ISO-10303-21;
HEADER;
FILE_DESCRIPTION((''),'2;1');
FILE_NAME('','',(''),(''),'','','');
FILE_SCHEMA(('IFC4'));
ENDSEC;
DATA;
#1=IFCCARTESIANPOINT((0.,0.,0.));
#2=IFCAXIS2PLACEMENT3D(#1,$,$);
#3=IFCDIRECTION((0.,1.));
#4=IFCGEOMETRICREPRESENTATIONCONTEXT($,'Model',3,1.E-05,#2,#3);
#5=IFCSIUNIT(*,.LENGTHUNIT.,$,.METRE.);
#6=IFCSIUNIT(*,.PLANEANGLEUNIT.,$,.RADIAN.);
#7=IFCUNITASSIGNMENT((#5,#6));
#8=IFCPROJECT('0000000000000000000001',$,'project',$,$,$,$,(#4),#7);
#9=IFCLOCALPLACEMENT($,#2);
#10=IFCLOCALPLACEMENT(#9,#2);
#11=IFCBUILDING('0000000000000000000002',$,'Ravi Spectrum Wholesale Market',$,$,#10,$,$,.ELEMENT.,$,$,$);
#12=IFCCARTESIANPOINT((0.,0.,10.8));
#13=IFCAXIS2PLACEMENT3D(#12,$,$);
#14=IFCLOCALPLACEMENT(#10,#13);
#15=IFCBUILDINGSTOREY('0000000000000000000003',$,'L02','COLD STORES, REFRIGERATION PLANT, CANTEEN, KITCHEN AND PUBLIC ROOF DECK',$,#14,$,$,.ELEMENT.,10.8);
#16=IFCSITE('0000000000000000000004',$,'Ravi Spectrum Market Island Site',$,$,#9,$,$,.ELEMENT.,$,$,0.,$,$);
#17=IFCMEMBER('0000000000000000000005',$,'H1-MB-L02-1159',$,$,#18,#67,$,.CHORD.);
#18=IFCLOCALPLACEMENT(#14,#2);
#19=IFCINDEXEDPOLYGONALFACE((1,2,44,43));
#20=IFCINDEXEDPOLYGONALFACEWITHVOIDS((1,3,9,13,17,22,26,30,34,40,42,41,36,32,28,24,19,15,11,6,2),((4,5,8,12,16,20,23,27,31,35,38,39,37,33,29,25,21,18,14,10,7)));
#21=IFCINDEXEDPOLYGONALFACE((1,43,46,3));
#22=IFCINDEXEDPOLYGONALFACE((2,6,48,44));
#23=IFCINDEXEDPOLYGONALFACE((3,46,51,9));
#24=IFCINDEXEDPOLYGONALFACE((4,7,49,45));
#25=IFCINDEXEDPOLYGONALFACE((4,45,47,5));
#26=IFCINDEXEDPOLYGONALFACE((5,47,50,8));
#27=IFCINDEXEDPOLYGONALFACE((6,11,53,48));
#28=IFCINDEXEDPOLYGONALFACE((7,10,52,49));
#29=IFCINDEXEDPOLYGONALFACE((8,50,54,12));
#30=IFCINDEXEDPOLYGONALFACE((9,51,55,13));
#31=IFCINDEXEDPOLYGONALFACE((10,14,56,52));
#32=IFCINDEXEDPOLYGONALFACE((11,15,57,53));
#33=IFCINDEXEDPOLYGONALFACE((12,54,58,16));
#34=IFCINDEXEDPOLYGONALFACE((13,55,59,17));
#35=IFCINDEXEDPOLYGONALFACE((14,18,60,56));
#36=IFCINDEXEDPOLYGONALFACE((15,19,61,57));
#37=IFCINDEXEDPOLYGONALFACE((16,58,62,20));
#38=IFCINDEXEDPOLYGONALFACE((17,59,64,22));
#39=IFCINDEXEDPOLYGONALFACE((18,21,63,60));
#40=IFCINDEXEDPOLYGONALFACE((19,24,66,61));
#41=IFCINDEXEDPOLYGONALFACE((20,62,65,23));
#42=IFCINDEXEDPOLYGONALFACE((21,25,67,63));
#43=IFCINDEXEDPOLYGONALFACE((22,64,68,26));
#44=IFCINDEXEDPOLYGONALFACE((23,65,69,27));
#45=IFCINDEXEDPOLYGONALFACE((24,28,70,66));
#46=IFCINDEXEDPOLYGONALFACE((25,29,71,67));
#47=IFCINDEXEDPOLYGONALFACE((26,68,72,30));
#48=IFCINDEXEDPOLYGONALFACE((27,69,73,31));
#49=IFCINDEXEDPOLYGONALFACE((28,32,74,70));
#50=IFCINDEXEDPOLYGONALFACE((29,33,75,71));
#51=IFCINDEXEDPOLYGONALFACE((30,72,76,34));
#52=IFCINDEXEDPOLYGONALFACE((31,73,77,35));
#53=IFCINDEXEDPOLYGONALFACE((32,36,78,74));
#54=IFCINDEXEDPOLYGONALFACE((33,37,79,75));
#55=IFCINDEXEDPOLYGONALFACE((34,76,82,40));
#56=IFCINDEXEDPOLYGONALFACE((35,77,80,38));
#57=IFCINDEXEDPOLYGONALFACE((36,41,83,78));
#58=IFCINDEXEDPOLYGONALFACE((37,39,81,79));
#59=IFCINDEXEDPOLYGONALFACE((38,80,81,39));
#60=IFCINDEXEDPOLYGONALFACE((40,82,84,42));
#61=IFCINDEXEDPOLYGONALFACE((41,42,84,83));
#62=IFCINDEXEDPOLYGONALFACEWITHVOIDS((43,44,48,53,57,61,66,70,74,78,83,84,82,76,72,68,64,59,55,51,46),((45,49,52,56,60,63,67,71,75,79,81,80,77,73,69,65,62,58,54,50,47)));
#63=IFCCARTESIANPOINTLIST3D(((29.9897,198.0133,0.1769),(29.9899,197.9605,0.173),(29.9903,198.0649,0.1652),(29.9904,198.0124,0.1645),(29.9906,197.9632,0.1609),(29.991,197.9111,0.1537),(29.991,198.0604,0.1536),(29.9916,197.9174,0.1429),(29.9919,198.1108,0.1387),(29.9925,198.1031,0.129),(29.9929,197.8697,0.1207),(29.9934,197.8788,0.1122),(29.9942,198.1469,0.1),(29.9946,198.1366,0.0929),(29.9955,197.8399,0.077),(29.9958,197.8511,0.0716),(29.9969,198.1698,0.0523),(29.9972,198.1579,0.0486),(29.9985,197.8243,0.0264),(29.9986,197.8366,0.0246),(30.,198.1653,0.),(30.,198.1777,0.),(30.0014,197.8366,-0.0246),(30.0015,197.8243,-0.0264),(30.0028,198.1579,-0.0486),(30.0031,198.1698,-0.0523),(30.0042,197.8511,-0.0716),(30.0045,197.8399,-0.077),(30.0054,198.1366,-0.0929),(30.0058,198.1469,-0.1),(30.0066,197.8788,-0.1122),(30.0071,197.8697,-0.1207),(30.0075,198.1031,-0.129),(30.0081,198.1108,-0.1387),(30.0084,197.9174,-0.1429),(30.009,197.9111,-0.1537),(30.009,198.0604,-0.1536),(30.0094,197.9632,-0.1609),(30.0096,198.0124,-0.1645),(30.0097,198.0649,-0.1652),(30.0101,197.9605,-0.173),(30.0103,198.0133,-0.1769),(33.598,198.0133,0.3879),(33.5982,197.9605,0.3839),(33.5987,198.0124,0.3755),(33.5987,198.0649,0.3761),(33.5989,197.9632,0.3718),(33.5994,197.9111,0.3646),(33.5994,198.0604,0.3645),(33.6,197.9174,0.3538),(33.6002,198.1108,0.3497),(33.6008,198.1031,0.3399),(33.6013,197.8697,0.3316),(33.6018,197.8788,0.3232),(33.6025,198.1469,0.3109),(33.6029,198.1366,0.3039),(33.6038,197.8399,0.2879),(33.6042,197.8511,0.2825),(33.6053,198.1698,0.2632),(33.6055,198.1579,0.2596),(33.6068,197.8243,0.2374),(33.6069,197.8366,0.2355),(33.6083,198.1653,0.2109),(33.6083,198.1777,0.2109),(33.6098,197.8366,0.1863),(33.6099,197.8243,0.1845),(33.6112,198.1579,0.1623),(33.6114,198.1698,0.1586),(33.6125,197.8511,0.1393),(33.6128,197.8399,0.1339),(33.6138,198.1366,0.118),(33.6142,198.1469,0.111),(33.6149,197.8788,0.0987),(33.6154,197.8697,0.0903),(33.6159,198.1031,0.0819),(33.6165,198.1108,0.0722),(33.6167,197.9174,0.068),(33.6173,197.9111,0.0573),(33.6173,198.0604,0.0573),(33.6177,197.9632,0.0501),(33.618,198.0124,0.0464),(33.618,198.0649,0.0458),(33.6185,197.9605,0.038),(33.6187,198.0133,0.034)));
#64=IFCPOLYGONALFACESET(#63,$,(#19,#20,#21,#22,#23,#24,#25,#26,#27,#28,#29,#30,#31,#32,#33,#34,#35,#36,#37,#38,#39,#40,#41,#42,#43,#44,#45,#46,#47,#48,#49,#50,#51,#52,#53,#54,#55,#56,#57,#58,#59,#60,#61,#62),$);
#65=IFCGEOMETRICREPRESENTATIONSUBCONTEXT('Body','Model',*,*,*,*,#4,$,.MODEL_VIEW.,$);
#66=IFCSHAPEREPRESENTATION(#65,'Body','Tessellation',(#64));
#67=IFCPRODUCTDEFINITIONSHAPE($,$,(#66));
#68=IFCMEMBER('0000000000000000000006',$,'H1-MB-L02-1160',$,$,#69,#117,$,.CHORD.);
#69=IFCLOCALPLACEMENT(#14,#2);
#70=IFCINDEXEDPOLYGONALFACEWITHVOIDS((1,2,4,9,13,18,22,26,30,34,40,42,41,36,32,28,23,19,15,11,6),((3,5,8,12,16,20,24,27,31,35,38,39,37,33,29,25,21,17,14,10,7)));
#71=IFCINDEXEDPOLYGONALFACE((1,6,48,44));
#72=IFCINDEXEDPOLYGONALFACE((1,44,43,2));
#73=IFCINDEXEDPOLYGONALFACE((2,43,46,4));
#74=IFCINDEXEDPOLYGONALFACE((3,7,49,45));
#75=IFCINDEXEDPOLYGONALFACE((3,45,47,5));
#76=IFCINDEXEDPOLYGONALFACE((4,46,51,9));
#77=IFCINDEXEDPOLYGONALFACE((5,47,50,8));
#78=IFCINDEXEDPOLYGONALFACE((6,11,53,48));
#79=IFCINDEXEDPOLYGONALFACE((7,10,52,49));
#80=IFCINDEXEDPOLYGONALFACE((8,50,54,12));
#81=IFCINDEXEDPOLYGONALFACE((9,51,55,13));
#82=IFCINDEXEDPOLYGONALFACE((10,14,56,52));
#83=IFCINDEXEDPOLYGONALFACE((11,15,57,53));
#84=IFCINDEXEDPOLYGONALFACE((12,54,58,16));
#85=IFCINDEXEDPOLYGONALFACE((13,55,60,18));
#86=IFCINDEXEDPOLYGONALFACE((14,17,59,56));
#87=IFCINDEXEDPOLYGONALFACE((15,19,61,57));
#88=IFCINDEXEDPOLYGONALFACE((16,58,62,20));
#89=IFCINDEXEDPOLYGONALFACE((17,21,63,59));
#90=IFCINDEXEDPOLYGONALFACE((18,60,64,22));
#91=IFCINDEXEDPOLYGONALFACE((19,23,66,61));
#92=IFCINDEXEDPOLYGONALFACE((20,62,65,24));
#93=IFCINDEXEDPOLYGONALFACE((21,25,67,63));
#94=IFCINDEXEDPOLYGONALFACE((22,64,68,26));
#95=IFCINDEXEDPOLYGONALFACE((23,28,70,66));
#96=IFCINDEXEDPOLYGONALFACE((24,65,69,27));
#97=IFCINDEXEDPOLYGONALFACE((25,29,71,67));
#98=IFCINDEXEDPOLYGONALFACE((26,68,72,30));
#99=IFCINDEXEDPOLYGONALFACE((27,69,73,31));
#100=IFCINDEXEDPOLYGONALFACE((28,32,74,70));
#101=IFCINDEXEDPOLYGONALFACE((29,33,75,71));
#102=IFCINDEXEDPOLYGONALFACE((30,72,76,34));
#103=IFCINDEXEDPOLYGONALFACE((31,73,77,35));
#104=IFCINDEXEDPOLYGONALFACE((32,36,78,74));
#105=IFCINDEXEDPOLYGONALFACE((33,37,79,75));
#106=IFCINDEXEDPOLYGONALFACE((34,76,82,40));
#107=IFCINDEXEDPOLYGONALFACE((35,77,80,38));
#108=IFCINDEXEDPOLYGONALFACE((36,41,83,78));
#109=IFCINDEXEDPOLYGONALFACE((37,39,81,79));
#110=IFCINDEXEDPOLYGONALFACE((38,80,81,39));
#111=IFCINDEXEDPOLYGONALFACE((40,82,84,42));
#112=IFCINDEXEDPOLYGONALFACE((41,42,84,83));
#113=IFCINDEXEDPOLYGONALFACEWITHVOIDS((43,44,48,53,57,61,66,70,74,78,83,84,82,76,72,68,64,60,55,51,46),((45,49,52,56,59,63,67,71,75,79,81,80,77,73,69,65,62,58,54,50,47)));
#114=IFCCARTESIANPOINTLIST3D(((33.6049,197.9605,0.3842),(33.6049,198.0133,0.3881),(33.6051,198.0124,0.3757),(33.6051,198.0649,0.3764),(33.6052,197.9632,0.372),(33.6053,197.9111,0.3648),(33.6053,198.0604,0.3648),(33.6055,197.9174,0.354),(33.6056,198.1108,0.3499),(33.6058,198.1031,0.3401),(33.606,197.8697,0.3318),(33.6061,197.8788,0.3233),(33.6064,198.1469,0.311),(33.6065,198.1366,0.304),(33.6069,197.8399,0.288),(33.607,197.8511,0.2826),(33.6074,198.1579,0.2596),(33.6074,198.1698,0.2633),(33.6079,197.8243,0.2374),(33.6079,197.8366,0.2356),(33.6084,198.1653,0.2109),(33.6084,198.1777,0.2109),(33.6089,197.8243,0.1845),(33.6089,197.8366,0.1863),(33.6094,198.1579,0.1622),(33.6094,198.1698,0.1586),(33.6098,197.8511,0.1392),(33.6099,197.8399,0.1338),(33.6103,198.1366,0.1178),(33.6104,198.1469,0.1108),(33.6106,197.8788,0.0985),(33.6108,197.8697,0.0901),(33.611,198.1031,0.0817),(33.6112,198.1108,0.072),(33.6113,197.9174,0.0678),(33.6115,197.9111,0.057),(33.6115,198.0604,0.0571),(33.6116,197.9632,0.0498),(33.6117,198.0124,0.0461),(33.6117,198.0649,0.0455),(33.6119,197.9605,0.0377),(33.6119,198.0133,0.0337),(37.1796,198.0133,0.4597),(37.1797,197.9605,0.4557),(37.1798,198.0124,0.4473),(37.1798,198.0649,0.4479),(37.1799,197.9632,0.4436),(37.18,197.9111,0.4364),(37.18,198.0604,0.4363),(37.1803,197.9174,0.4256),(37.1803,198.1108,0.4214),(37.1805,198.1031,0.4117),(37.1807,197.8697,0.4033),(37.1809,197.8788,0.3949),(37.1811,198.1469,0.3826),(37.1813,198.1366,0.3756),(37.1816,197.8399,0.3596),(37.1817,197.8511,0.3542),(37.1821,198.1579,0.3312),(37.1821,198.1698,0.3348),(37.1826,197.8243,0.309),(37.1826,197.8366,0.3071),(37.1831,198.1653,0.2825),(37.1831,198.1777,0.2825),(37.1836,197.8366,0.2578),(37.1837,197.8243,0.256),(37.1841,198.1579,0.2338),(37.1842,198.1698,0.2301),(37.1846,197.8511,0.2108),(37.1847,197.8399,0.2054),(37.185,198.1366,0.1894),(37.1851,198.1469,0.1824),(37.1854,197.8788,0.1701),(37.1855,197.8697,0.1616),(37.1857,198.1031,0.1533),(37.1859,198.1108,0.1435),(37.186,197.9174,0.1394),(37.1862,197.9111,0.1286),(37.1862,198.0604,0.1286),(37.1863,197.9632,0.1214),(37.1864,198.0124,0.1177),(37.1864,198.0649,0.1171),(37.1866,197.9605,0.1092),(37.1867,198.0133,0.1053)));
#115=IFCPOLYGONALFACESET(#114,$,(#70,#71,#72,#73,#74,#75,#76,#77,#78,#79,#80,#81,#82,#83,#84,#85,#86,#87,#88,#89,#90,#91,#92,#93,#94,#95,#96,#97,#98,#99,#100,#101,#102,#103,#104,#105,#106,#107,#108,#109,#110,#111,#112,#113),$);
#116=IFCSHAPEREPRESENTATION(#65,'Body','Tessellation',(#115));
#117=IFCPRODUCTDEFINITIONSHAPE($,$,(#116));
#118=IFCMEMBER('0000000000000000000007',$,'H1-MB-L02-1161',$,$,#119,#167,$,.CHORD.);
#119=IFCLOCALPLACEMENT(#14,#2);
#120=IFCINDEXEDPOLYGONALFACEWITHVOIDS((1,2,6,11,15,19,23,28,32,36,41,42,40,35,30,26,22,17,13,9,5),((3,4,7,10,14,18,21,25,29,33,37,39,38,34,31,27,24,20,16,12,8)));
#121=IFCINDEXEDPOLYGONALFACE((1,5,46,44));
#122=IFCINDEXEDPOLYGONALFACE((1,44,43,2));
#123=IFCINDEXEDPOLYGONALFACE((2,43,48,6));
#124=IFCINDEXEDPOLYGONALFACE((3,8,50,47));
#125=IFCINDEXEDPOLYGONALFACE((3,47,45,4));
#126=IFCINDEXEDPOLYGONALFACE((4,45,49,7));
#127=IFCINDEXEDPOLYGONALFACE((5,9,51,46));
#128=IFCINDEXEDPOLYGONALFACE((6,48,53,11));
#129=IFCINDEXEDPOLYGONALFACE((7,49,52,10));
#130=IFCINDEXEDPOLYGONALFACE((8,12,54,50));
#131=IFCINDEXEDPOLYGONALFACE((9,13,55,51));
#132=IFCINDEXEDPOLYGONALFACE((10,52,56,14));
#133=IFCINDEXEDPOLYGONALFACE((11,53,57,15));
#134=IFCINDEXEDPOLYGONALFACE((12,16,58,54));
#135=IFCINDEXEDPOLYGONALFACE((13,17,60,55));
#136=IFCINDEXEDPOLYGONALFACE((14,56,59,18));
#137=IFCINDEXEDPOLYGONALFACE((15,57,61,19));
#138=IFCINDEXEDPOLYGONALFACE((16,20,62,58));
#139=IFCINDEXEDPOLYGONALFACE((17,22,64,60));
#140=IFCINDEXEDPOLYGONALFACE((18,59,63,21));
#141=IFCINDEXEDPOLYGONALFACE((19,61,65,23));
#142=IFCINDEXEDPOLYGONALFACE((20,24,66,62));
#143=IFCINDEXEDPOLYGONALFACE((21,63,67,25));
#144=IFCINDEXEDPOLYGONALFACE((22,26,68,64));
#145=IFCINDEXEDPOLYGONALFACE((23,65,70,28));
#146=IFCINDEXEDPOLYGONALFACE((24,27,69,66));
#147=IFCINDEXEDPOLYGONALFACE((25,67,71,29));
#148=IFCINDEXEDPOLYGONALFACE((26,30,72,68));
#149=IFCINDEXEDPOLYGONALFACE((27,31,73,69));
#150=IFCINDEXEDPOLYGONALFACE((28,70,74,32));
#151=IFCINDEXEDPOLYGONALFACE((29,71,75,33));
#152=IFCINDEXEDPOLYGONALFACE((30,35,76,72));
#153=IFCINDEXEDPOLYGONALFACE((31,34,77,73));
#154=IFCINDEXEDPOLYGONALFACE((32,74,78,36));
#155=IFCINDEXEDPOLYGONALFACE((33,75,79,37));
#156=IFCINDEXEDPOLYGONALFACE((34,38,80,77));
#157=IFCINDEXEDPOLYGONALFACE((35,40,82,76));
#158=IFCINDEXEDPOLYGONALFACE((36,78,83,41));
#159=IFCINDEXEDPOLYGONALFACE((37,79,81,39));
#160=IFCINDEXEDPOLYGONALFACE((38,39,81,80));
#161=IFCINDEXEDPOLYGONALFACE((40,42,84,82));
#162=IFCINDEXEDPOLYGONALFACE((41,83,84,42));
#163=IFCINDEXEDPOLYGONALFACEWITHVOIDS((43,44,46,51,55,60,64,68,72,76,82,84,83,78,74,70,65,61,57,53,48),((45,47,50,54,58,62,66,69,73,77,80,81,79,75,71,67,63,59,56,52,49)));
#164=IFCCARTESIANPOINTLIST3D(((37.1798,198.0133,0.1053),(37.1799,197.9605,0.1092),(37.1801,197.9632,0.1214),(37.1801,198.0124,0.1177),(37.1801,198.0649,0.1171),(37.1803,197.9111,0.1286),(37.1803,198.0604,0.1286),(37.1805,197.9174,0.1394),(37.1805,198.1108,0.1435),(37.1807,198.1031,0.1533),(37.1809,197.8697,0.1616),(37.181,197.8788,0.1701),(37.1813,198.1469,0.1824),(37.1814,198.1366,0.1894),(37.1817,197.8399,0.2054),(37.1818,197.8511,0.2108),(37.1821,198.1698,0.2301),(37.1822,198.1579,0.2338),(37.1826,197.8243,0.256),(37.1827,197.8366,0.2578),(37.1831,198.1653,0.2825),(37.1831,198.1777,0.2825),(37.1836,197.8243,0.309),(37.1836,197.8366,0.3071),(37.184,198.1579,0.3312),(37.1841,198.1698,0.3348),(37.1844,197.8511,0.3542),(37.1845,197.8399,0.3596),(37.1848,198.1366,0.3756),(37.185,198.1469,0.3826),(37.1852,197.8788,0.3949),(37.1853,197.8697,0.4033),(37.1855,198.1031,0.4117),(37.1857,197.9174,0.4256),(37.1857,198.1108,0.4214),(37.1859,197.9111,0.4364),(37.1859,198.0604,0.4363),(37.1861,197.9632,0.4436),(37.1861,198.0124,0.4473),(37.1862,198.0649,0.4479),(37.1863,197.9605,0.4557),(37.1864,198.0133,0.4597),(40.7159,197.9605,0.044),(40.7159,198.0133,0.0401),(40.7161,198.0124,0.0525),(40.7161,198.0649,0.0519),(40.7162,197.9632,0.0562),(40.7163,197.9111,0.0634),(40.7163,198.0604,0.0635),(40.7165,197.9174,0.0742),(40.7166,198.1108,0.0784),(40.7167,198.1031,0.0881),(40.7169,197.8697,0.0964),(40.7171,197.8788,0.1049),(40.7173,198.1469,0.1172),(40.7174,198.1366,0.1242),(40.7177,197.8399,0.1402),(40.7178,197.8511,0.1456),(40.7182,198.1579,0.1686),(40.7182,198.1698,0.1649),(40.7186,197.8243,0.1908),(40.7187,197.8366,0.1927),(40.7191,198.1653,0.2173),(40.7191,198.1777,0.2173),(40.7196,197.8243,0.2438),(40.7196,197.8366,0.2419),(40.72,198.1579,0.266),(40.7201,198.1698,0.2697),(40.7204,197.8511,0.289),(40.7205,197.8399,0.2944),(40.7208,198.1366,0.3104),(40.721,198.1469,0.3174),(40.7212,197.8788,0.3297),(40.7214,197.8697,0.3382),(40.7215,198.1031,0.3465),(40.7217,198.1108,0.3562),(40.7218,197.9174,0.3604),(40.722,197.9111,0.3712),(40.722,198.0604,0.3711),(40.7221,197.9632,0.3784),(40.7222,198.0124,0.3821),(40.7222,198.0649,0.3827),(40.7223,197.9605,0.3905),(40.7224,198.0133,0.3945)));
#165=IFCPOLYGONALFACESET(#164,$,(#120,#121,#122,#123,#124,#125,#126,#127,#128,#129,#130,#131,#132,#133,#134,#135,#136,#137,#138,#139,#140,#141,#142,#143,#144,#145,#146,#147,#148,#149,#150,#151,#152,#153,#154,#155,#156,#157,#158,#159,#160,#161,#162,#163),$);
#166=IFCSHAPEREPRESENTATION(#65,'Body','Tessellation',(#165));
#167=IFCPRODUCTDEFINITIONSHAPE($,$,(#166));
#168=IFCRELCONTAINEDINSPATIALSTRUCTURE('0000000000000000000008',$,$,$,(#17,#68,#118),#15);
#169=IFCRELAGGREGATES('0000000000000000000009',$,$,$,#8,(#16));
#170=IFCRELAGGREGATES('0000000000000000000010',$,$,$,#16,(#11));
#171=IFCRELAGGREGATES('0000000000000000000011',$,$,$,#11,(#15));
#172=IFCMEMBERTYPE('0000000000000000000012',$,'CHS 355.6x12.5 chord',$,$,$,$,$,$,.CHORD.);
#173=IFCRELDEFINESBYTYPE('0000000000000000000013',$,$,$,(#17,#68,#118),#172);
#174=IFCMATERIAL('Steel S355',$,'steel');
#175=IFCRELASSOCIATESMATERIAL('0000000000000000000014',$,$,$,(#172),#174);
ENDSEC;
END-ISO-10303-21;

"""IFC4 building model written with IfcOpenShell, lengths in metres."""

from ifc_helpers import new_model, si_unit, direction, frame, origin, origin_2d, place, context, subcontext, project, spatial, hollow_circle, extrude, material, material_profile, profile_set, type_object, element, save


model = new_model("IFC4")

# Units and contexts
model_context = context("Model", 3, precision=1e-05, world=origin(), true_north=direction((0.0, 1.0)))
body_context = subcontext(model_context, "Body", "Model", "MODEL_VIEW")
ifc_project = project(units=[si_unit("LENGTHUNIT", "METRE"), si_unit("PLANEANGLEUNIT", "RADIAN")], contexts=[model_context])

# Site, building, storey
site_placement = place(None, origin())
site = spatial("IfcSite", under=ifc_project, at=site_placement, Name="Ravi Spectrum Market Island Site", CompositionType="ELEMENT", RefElevation=0.0)
building_placement = place(site_placement, origin())
building = spatial("IfcBuilding", under=site, at=building_placement, Name="Ravi Spectrum Wholesale Market", CompositionType="ELEMENT")
storey_placement = place(building_placement, frame((0.0, 0.0, 10.8)))
storey = spatial("IfcBuildingStorey", under=building, at=storey_placement, Name="L02", Description="COLD STORES, REFRIGERATION PLANT, CANTEEN, KITCHEN AND PUBLIC ROOF DECK", CompositionType="ELEMENT", Elevation=10.8)

# Members
ifc_material_1 = material(Name="Steel S355", Category="steel")
ifc_material_profile_1 = material_profile(ifc_material_1, hollow_circle(Radius=0.1777, WallThickness=0.0125, at=origin_2d()))
ifc_profile_set_1 = profile_set([ifc_material_profile_1], Name="Steel S355")
member_type_1 = type_object("IfcMemberType", Name="CHS 355.6x12.5 chord", PredefinedType="CHORD", material=ifc_profile_set_1)
member_1_placement = place(storey_placement, frame((30.0, 198.0, 0.0), z_axis=(0.998296, 0.0, 0.058358), x_axis=(0.0, 1.0, 0.0)))
element("IfcMember", 1, at=member_1_placement, inside=storey, type_object=member_type_1, Name="H1-MB-L02-1159", PredefinedType="CHORD", context=body_context, shape_type="SweptSolid", body=[
    extrude(hollow_circle(Radius=0.1777, WallThickness=0.0125, at=origin_2d()), origin(), (0.0, 0.0, 1.0), 3.6145),
])
member_2_placement = place(storey_placement, frame((33.6084, 198.0, 0.2109), z_axis=(0.9998, 0.0, 0.020007), x_axis=(0.0, 1.0, 0.0)))
element("IfcMember", 2, at=member_2_placement, inside=storey, type_object=member_type_1, Name="H1-MB-L02-1160", PredefinedType="CHORD", context=body_context, shape_type="SweptSolid", body=[
    extrude(hollow_circle(Radius=0.1777, WallThickness=0.0125, at=origin_2d()), origin(), (0.0, 0.0, 1.0), 3.5754),
])
member_3_placement = place(storey_placement, frame((37.1831, 198.0, 0.2825), z_axis=(0.99983, 0.0, -0.018431), x_axis=(0.0, 1.0, 0.0)))
element("IfcMember", 3, at=member_3_placement, inside=storey, type_object=member_type_1, Name="H1-MB-L02-1161", PredefinedType="CHORD", context=body_context, shape_type="SweptSolid", body=[
    extrude(hollow_circle(Radius=0.1777, WallThickness=0.0125, at=origin_2d()), origin(), (0.0, 0.0, 1.0), 3.5366),
])

save(model, "model.ifc")
